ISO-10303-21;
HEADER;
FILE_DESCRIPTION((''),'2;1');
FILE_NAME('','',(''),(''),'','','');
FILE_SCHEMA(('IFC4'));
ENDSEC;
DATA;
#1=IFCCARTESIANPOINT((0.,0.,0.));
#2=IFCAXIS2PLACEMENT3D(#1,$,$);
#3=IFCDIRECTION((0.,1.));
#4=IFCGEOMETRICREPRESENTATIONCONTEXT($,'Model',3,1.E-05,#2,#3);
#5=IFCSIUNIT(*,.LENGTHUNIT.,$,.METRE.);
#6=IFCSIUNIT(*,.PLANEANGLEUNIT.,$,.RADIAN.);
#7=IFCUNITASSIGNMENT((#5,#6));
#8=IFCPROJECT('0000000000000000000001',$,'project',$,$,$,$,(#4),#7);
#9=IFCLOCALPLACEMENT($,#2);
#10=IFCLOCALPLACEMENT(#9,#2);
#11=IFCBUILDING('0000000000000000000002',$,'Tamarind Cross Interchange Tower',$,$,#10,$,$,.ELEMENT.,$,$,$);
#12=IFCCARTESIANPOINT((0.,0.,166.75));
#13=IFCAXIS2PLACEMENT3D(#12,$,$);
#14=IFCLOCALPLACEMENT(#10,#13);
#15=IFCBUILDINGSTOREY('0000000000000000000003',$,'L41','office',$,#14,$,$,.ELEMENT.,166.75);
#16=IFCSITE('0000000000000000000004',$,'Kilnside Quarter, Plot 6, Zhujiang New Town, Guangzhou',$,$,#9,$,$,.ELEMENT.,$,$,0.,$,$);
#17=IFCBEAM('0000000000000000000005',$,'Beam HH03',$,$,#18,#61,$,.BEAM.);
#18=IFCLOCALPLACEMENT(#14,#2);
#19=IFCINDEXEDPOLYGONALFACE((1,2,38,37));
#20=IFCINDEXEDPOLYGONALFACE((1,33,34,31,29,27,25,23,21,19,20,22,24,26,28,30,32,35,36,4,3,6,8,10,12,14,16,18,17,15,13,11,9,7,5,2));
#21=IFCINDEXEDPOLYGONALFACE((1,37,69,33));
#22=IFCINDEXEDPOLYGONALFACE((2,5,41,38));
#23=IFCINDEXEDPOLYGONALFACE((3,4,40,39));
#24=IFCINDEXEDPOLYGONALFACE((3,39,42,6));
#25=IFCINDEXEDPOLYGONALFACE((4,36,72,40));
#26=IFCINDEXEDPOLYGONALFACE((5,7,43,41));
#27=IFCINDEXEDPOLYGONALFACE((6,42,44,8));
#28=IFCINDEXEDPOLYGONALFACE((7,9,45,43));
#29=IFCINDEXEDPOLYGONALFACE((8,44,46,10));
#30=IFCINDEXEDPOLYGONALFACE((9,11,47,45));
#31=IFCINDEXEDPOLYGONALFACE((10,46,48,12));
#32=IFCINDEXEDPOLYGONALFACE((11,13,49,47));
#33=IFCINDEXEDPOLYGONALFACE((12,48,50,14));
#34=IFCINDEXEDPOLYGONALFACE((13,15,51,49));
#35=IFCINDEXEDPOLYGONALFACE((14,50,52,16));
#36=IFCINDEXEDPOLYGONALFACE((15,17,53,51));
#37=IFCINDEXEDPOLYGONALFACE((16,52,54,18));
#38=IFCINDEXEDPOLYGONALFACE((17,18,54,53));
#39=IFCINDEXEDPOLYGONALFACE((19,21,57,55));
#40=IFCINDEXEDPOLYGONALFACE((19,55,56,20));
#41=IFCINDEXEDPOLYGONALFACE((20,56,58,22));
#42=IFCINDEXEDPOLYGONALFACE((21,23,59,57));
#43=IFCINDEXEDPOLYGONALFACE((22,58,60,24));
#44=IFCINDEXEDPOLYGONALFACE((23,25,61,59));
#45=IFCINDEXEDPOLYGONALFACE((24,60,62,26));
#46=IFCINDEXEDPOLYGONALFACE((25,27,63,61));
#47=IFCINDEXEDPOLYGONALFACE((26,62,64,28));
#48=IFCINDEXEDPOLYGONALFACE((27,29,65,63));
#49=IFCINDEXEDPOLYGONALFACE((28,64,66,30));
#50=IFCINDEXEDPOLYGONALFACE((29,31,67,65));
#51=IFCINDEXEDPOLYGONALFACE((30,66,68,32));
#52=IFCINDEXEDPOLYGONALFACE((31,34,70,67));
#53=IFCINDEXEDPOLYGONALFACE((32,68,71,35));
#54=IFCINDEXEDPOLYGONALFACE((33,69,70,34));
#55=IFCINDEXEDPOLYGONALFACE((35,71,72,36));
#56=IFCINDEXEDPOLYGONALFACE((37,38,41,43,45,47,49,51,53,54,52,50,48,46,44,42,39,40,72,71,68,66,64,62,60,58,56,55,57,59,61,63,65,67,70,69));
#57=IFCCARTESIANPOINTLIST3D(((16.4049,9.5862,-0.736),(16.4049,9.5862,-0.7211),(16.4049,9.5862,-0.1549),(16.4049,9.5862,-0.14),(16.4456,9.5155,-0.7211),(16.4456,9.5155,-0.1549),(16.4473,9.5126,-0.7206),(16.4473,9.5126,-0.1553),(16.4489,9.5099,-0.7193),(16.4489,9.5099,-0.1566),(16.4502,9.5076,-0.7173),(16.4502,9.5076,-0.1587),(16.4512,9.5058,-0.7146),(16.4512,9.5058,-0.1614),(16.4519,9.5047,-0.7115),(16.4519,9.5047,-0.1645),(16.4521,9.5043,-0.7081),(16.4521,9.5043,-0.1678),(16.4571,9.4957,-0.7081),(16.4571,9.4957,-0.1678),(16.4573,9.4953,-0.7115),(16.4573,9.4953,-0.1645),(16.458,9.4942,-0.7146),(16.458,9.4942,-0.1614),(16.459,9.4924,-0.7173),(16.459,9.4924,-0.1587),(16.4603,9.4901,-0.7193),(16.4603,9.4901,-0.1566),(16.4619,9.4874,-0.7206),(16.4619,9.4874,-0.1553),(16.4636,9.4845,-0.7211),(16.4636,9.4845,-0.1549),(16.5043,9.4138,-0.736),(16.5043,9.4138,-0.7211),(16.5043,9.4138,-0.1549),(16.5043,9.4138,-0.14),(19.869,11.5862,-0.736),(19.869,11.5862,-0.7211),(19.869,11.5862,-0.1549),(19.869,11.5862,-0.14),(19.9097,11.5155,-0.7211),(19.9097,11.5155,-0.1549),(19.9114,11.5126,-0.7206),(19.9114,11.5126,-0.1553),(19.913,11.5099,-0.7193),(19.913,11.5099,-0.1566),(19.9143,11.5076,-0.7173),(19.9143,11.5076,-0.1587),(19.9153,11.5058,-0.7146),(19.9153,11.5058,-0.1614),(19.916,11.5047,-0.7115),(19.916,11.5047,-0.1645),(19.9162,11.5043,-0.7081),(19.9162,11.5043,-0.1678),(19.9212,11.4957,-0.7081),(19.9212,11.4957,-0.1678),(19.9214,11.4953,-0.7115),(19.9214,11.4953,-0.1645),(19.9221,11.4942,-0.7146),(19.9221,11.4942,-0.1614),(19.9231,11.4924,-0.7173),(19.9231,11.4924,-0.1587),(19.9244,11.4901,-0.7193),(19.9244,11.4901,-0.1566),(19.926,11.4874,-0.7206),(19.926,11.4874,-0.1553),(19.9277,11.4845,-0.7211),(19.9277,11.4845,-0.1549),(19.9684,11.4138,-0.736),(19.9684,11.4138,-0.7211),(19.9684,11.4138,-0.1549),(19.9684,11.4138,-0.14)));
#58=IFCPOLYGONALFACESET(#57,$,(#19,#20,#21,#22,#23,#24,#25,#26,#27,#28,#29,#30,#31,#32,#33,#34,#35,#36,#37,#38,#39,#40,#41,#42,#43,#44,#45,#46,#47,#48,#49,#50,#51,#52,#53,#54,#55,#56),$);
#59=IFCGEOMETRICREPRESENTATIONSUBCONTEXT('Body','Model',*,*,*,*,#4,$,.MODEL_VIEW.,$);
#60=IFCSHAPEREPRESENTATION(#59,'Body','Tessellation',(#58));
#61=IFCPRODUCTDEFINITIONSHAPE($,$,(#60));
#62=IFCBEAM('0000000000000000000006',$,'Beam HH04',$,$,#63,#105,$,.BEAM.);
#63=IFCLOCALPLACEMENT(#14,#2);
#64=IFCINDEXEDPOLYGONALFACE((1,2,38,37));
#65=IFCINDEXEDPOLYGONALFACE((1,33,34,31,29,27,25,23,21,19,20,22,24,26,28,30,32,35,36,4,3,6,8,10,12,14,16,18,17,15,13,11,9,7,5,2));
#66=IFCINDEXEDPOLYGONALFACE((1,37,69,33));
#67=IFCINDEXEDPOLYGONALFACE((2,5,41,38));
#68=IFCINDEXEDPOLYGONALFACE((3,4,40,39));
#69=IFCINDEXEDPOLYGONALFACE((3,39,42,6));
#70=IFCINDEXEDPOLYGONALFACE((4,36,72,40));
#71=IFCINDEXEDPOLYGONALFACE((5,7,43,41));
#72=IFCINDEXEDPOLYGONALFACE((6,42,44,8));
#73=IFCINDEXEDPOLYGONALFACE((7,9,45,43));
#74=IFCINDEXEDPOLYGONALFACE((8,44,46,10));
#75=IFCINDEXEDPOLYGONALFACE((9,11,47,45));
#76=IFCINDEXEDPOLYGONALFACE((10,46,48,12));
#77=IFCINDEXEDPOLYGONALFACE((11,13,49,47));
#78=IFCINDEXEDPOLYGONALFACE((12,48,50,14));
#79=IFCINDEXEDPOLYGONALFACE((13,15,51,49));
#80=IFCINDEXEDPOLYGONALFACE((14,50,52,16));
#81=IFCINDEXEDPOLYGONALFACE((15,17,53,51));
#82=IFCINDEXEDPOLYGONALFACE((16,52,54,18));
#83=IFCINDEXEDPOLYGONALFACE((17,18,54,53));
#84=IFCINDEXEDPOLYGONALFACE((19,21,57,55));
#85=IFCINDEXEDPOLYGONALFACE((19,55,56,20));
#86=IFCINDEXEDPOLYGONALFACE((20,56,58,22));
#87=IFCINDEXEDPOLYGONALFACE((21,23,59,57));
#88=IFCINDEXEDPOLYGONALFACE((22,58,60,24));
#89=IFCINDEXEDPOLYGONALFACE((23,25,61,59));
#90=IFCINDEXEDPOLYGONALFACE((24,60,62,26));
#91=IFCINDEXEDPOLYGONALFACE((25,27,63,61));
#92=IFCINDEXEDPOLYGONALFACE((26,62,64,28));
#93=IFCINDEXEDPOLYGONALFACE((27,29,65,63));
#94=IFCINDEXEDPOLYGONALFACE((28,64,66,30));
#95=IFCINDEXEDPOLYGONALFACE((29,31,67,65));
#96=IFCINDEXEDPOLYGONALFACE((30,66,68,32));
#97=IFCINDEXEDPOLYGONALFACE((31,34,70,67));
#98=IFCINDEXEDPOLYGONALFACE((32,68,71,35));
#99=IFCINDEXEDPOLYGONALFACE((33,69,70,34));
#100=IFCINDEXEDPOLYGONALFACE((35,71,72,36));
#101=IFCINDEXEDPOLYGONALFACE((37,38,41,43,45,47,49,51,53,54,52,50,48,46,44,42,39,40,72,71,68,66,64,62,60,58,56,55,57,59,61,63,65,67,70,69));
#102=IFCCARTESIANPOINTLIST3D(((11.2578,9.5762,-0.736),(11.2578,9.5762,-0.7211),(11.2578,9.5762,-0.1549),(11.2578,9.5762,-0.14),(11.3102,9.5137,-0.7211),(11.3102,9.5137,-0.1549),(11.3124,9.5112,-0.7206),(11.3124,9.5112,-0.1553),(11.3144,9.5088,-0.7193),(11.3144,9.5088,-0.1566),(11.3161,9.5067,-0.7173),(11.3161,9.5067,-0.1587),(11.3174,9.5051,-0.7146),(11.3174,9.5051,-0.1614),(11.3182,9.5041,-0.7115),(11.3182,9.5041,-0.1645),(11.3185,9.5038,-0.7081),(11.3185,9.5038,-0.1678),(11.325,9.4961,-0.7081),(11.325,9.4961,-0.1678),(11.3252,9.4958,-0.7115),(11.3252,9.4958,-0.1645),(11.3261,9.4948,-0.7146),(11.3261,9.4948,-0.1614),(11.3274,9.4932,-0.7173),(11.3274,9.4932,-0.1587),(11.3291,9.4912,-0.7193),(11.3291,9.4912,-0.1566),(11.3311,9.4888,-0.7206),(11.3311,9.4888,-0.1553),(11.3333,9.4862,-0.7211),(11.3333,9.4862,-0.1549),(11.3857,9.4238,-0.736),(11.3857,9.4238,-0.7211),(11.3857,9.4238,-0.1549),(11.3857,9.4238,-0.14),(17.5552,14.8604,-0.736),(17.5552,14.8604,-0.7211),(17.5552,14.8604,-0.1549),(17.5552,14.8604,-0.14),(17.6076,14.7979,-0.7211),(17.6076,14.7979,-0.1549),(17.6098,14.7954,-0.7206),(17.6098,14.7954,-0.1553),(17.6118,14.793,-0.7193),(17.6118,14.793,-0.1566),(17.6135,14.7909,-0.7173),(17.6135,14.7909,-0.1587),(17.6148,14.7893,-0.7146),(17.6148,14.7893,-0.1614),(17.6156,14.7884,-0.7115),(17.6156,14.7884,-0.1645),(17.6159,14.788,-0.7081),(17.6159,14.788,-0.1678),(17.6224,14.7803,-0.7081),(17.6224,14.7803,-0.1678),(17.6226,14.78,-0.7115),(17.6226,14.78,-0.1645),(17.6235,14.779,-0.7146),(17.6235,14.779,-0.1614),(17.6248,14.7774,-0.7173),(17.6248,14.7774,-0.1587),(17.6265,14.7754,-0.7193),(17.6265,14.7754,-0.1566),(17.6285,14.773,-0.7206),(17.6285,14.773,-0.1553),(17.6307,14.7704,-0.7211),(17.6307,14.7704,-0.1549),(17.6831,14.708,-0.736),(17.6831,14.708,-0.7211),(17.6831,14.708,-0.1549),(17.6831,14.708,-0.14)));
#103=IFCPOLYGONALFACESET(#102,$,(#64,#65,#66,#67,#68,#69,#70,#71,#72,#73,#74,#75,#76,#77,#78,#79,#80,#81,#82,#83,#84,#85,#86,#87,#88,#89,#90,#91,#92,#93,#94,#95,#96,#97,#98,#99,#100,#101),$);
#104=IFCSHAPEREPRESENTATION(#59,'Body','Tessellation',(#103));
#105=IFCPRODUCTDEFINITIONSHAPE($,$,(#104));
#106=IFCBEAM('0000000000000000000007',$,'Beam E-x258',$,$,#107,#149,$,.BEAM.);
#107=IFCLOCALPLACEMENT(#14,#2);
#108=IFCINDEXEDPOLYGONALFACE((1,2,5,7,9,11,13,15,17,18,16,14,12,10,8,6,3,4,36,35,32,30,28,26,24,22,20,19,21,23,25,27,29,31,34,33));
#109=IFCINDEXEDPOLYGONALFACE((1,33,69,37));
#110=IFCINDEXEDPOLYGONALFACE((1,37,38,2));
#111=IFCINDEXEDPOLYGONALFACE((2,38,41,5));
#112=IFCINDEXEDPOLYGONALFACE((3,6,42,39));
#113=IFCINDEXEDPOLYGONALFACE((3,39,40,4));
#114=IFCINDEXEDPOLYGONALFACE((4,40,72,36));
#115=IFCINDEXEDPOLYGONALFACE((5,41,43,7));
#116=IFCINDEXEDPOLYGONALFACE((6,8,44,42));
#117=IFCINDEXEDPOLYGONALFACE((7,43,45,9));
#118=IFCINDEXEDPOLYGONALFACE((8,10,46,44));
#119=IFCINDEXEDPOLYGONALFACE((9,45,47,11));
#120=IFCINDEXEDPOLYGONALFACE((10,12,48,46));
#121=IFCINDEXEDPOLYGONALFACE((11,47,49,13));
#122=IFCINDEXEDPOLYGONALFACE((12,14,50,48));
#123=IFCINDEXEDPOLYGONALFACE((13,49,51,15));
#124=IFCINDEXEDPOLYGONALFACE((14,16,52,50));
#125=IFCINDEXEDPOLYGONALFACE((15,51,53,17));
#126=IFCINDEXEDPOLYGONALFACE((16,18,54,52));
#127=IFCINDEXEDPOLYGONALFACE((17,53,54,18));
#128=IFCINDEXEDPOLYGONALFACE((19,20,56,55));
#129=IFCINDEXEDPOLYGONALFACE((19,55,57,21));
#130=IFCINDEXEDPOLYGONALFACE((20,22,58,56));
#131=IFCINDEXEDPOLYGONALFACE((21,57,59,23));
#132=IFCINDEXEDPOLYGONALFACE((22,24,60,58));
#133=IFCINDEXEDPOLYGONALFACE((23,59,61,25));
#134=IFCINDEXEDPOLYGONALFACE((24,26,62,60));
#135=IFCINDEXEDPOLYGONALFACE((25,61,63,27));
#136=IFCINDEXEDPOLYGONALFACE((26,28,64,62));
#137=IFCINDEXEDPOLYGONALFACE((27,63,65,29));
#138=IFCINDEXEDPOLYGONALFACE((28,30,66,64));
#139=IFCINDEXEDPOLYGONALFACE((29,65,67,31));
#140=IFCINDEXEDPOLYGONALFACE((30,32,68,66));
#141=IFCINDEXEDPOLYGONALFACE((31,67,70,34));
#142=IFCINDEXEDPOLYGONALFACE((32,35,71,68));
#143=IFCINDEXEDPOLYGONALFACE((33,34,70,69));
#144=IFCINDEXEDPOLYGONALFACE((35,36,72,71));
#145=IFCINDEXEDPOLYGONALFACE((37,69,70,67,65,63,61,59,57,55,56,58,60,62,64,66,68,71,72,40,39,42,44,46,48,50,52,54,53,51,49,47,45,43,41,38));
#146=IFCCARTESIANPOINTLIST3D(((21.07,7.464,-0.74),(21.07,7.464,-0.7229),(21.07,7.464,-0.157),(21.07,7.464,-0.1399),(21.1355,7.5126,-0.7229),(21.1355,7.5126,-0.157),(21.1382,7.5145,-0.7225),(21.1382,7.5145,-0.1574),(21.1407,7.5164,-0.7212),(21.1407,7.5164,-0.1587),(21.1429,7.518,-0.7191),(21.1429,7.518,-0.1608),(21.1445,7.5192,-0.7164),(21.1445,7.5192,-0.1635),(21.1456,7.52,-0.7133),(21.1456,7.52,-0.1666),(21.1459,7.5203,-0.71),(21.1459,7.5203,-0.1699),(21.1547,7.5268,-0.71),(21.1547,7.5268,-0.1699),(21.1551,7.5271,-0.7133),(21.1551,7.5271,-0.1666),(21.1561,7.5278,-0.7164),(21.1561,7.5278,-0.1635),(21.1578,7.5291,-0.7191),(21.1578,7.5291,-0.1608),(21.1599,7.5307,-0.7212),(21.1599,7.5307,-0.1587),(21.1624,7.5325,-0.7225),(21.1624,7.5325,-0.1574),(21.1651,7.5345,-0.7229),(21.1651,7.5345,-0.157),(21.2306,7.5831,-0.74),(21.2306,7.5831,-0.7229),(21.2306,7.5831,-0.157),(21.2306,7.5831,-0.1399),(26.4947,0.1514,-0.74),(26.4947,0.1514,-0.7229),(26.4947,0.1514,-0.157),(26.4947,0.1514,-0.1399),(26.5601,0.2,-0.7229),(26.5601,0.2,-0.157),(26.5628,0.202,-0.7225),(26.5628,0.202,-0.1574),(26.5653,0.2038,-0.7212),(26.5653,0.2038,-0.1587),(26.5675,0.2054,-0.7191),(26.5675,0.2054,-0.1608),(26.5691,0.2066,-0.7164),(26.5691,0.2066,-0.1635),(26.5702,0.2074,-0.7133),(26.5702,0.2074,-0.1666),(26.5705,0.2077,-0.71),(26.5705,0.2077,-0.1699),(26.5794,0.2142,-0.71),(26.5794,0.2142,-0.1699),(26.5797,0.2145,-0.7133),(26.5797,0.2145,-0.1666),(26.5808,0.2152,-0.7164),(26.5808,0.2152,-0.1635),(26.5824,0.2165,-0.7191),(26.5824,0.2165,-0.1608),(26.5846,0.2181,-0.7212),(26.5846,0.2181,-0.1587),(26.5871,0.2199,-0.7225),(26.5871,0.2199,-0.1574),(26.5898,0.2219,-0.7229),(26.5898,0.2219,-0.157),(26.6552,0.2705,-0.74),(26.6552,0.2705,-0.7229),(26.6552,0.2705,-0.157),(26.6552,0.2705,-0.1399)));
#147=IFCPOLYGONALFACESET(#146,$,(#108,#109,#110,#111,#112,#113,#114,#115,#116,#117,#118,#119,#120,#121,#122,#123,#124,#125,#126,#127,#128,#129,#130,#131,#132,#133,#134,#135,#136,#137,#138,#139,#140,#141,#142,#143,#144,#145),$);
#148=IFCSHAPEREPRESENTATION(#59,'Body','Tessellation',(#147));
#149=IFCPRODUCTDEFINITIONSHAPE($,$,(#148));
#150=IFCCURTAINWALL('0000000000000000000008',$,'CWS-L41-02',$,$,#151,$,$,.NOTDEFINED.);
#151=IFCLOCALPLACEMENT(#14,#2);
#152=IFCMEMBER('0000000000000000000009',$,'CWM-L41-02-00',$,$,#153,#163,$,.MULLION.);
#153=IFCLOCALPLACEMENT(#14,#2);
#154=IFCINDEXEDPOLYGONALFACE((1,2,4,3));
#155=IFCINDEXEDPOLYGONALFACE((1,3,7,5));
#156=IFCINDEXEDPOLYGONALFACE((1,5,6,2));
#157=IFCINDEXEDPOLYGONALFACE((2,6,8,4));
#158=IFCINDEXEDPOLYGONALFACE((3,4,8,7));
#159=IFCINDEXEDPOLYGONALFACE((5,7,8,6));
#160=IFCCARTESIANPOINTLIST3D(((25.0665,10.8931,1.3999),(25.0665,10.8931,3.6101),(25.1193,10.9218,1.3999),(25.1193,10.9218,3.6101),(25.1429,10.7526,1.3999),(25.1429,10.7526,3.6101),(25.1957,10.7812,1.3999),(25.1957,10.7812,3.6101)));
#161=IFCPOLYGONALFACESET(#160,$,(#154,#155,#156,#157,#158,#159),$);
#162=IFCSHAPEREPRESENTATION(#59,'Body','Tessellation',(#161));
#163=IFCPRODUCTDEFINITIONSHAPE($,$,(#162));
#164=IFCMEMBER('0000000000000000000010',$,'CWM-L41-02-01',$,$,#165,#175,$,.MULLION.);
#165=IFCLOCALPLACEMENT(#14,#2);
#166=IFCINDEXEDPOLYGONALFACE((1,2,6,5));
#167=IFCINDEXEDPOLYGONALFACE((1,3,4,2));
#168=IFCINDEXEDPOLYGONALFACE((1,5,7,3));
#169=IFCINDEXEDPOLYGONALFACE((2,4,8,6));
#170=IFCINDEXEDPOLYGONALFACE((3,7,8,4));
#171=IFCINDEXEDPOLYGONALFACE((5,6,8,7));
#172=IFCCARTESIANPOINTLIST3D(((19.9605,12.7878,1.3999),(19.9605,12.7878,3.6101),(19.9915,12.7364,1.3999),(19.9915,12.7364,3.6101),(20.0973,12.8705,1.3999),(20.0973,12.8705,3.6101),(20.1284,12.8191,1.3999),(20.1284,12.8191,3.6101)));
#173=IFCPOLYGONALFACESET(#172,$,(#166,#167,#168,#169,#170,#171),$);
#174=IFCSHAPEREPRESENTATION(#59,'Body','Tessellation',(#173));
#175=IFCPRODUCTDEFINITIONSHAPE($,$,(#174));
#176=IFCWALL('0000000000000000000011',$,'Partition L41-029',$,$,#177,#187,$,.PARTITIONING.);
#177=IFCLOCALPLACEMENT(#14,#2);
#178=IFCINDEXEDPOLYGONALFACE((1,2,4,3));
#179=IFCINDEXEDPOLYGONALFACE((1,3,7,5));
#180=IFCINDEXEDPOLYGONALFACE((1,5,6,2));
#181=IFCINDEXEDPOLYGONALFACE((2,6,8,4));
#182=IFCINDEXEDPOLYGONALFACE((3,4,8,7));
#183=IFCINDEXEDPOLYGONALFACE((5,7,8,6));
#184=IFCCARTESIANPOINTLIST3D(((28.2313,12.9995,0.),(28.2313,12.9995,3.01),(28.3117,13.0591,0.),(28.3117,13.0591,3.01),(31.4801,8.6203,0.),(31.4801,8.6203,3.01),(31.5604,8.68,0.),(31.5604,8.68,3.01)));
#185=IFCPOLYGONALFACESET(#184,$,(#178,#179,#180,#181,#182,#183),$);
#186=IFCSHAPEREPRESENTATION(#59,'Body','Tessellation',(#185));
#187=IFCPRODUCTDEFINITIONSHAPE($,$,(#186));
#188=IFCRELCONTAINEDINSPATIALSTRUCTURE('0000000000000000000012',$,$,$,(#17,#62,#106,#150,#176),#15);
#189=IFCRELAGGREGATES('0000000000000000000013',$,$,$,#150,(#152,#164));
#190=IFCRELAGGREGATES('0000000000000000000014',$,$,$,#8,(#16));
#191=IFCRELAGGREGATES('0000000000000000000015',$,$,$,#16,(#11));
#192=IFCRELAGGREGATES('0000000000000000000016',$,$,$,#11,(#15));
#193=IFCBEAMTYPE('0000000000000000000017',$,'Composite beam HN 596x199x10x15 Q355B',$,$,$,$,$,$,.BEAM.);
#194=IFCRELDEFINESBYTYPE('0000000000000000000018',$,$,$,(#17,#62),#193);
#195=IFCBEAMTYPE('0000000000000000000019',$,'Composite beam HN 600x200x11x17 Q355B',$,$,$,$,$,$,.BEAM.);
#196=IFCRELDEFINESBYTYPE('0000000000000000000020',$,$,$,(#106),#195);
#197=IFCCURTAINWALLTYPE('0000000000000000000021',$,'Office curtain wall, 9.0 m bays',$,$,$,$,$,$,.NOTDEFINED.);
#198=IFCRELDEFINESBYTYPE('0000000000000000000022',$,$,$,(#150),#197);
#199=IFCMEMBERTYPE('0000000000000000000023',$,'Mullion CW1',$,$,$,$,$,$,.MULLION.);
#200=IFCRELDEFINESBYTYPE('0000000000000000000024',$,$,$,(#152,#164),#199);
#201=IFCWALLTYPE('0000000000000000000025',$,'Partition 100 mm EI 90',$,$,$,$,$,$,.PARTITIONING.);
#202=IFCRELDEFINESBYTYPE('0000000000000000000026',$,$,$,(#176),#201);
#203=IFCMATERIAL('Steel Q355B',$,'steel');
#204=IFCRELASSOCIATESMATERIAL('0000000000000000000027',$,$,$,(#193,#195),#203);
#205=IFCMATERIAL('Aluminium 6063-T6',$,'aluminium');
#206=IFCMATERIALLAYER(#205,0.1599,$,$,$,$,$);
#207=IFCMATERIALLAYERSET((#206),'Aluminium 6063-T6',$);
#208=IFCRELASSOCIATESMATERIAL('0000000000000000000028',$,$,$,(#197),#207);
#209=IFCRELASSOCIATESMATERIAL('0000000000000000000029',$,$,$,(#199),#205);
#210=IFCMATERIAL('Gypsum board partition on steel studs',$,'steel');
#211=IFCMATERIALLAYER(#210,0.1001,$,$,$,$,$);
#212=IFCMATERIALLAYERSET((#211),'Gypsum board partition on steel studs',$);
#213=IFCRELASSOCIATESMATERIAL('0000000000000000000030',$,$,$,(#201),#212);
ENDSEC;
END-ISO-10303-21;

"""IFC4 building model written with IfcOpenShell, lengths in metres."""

from ifc_helpers import new_model, si_unit, direction, frame, frame_2d, origin, origin_2d, place, context, subcontext, project, spatial, rectangle, i_section, extrude, material, layer, layer_set, material_profile, profile_set, type_object, element, aggregate, save


model = new_model("IFC4")

# Units and contexts
model_context = context("Model", 3, precision=1e-05, world=origin(), true_north=direction((0.0, 1.0)))
body_context = subcontext(model_context, "Body", "Model", "MODEL_VIEW")
ifc_project = project(units=[si_unit("LENGTHUNIT", "METRE"), si_unit("PLANEANGLEUNIT", "RADIAN")], contexts=[model_context])

# Site, building, storey
site_placement = place(None, origin())
site = spatial("IfcSite", under=ifc_project, at=site_placement, Name="Kilnside Quarter, Plot 6, Zhujiang New Town, Guangzhou", CompositionType="ELEMENT", RefElevation=0.0)
building_placement = place(site_placement, origin())
building = spatial("IfcBuilding", under=site, at=building_placement, Name="Tamarind Cross Interchange Tower", CompositionType="ELEMENT")
storey_placement = place(building_placement, frame((0.0, 0.0, 166.75)))
storey = spatial("IfcBuildingStorey", under=building, at=storey_placement, Name="L41", Description="office", CompositionType="ELEMENT", Elevation=166.75)

# Beams
ifc_material_1 = material(Name="Steel Q355B", Category="steel")
ifc_material_profile_1 = material_profile(ifc_material_1, i_section(OverallWidth=0.199, OverallDepth=0.5959, WebThickness=0.01, FlangeThickness=0.0149, FilletRadius=0.0129, at=origin_2d()), Name="HN 596x199x10x15")
ifc_profile_set_1 = profile_set([ifc_material_profile_1], Name="Steel Q355B")
beam_type_1 = type_object("IfcBeamType", Name="Composite beam HN 596x199x10x15 Q355B", PredefinedType="BEAM", material=ifc_profile_set_1)
beam_1_placement = place(storey_placement, frame((19.9187, 11.5, -0.438), z_axis=(-0.866026, -0.499999, 0.0), x_axis=(0.499999, -0.866026, 0.0)))
element("IfcBeam", 1, at=beam_1_placement, inside=storey, type_object=beam_type_1, Name="Beam HH03", PredefinedType="BEAM", context=body_context, shape_type="SweptSolid", body=[
    extrude(i_section(OverallWidth=0.199, OverallDepth=0.5959, WebThickness=0.01, FlangeThickness=0.0149, FilletRadius=0.0129, at=origin_2d()), origin(), (0.0, 0.0, 1.0), 4.0),
])
beam_2_placement = place(storey_placement, frame((17.6191, 14.7842, -0.438), z_axis=(-0.766041, -0.642792, 0.0), x_axis=(0.642792, -0.766041, 0.0)))
element("IfcBeam", 2, at=beam_2_placement, inside=storey, type_object=beam_type_1, Name="Beam HH04", PredefinedType="BEAM", context=body_context, shape_type="SweptSolid", body=[
    extrude(i_section(OverallWidth=0.199, OverallDepth=0.5959, WebThickness=0.01, FlangeThickness=0.0149, FilletRadius=0.0129, at=origin_2d()), origin(), (0.0, 0.0, 1.0), 8.2207),
])
ifc_material_profile_2 = material_profile(ifc_material_1, i_section(OverallWidth=0.2, OverallDepth=0.6001, WebThickness=0.011, FlangeThickness=0.0171, FilletRadius=0.0129, at=origin_2d()), Name="HN 600x200x11x17")
ifc_profile_set_2 = profile_set([ifc_material_profile_2], Name="Steel Q355B")
beam_type_2 = type_object("IfcBeamType", Name="Composite beam HN 600x200x11x17 Q355B", PredefinedType="BEAM", material=ifc_profile_set_2)
beam_3_placement = place(storey_placement, frame((26.575, 0.2109, -0.4399), z_axis=(-0.595787, 0.803142, 0.0), x_axis=(-0.803142, -0.595787, 0.0)))
element("IfcBeam", 3, at=beam_3_placement, inside=storey, type_object=beam_type_2, Name="Beam E-x258", PredefinedType="BEAM", context=body_context, shape_type="SweptSolid", body=[
    extrude(i_section(OverallWidth=0.2, OverallDepth=0.6001, WebThickness=0.011, FlangeThickness=0.0171, FilletRadius=0.0129, at=origin_2d()), origin(), (0.0, 0.0, 1.0), 9.105),
])

# Curtain wall, members
ifc_material_2 = material(Name="Aluminium 6063-T6", Category="aluminium")
ifc_layer_1 = layer(ifc_material_2, 0.1599)
ifc_layer_set_1 = layer_set([ifc_layer_1], Name="Aluminium 6063-T6")
curtain_wall_type = type_object("IfcCurtainWallType", Name="Office curtain wall, 9.0 m bays", PredefinedType="NOTDEFINED", material=ifc_layer_set_1)
curtain_wall_placement = place(storey_placement, origin())
curtain_wall = element("IfcCurtainWall", 4, at=curtain_wall_placement, inside=storey, type_object=curtain_wall_type, Name="CWS-L41-02", PredefinedType="NOTDEFINED")
ifc_material_profile_3 = material_profile(ifc_material_2, rectangle(XDim=0.0601, YDim=0.1599, at=origin_2d()), Name="Mullion CW1")
ifc_profile_set_3 = profile_set([ifc_material_profile_3], Name="Aluminium 6063-T6")
member_type = type_object("IfcMemberType", Name="Mullion CW1", PredefinedType="MULLION", material=ifc_profile_set_3)
member_1_placement = place(storey_placement, frame((25.1311, 10.8372, 1.3999), z_axis=(0.0, 0.0, 1.0), x_axis=(-0.878678, -0.477415, 0.0)))
member_1 = element("IfcMember", 5, at=member_1_placement, type_object=member_type, Name="CWM-L41-02-00", PredefinedType="MULLION", context=body_context, shape_type="SweptSolid", body=[
    extrude(rectangle(XDim=0.0601, YDim=0.1599, at=origin_2d()), origin(), (0.0, 0.0, 1.0), 2.2102),
])
member_2_placement = place(storey_placement, frame((20.0444, 12.8035, 1.3999), z_axis=(0.0, 0.0, 1.0), x_axis=(-0.517314, 0.855796, 0.0)))
member_2 = element("IfcMember", 6, at=member_2_placement, type_object=member_type, Name="CWM-L41-02-01", PredefinedType="MULLION", context=body_context, shape_type="SweptSolid", body=[
    extrude(rectangle(XDim=0.0601, YDim=0.1599, at=origin_2d()), origin(), (0.0, 0.0, 1.0), 2.2102),
])
aggregate(curtain_wall, [member_1, member_2])

# Wall
ifc_material_3 = material(Name="Gypsum board partition on steel studs", Category="steel")
ifc_layer_2 = layer(ifc_material_3, 0.1001)
ifc_layer_set_2 = layer_set([ifc_layer_2], Name="Gypsum board partition on steel studs")
wall_type_1 = type_object("IfcWallType", Name="Partition 100 mm EI 90", PredefinedType="PARTITIONING", material=ifc_layer_set_2)
wall_1_placement = place(storey_placement, frame((28.2715, 13.0293, 0.0), z_axis=(0.0, 0.0, 1.0), x_axis=(0.595815, -0.803122, 0.0)))
element("IfcWall", 7, at=wall_1_placement, inside=storey, type_object=wall_type_1, Name="Partition L41-029", PredefinedType="PARTITIONING", context=body_context, shape_type="SweptSolid", body=[
    extrude(rectangle(XDim=5.4526, YDim=0.1001, at=frame_2d((2.7263, 0.0))), origin(), (0.0, 0.0, 1.0), 3.01),
])

save(model, "model.ifc")
